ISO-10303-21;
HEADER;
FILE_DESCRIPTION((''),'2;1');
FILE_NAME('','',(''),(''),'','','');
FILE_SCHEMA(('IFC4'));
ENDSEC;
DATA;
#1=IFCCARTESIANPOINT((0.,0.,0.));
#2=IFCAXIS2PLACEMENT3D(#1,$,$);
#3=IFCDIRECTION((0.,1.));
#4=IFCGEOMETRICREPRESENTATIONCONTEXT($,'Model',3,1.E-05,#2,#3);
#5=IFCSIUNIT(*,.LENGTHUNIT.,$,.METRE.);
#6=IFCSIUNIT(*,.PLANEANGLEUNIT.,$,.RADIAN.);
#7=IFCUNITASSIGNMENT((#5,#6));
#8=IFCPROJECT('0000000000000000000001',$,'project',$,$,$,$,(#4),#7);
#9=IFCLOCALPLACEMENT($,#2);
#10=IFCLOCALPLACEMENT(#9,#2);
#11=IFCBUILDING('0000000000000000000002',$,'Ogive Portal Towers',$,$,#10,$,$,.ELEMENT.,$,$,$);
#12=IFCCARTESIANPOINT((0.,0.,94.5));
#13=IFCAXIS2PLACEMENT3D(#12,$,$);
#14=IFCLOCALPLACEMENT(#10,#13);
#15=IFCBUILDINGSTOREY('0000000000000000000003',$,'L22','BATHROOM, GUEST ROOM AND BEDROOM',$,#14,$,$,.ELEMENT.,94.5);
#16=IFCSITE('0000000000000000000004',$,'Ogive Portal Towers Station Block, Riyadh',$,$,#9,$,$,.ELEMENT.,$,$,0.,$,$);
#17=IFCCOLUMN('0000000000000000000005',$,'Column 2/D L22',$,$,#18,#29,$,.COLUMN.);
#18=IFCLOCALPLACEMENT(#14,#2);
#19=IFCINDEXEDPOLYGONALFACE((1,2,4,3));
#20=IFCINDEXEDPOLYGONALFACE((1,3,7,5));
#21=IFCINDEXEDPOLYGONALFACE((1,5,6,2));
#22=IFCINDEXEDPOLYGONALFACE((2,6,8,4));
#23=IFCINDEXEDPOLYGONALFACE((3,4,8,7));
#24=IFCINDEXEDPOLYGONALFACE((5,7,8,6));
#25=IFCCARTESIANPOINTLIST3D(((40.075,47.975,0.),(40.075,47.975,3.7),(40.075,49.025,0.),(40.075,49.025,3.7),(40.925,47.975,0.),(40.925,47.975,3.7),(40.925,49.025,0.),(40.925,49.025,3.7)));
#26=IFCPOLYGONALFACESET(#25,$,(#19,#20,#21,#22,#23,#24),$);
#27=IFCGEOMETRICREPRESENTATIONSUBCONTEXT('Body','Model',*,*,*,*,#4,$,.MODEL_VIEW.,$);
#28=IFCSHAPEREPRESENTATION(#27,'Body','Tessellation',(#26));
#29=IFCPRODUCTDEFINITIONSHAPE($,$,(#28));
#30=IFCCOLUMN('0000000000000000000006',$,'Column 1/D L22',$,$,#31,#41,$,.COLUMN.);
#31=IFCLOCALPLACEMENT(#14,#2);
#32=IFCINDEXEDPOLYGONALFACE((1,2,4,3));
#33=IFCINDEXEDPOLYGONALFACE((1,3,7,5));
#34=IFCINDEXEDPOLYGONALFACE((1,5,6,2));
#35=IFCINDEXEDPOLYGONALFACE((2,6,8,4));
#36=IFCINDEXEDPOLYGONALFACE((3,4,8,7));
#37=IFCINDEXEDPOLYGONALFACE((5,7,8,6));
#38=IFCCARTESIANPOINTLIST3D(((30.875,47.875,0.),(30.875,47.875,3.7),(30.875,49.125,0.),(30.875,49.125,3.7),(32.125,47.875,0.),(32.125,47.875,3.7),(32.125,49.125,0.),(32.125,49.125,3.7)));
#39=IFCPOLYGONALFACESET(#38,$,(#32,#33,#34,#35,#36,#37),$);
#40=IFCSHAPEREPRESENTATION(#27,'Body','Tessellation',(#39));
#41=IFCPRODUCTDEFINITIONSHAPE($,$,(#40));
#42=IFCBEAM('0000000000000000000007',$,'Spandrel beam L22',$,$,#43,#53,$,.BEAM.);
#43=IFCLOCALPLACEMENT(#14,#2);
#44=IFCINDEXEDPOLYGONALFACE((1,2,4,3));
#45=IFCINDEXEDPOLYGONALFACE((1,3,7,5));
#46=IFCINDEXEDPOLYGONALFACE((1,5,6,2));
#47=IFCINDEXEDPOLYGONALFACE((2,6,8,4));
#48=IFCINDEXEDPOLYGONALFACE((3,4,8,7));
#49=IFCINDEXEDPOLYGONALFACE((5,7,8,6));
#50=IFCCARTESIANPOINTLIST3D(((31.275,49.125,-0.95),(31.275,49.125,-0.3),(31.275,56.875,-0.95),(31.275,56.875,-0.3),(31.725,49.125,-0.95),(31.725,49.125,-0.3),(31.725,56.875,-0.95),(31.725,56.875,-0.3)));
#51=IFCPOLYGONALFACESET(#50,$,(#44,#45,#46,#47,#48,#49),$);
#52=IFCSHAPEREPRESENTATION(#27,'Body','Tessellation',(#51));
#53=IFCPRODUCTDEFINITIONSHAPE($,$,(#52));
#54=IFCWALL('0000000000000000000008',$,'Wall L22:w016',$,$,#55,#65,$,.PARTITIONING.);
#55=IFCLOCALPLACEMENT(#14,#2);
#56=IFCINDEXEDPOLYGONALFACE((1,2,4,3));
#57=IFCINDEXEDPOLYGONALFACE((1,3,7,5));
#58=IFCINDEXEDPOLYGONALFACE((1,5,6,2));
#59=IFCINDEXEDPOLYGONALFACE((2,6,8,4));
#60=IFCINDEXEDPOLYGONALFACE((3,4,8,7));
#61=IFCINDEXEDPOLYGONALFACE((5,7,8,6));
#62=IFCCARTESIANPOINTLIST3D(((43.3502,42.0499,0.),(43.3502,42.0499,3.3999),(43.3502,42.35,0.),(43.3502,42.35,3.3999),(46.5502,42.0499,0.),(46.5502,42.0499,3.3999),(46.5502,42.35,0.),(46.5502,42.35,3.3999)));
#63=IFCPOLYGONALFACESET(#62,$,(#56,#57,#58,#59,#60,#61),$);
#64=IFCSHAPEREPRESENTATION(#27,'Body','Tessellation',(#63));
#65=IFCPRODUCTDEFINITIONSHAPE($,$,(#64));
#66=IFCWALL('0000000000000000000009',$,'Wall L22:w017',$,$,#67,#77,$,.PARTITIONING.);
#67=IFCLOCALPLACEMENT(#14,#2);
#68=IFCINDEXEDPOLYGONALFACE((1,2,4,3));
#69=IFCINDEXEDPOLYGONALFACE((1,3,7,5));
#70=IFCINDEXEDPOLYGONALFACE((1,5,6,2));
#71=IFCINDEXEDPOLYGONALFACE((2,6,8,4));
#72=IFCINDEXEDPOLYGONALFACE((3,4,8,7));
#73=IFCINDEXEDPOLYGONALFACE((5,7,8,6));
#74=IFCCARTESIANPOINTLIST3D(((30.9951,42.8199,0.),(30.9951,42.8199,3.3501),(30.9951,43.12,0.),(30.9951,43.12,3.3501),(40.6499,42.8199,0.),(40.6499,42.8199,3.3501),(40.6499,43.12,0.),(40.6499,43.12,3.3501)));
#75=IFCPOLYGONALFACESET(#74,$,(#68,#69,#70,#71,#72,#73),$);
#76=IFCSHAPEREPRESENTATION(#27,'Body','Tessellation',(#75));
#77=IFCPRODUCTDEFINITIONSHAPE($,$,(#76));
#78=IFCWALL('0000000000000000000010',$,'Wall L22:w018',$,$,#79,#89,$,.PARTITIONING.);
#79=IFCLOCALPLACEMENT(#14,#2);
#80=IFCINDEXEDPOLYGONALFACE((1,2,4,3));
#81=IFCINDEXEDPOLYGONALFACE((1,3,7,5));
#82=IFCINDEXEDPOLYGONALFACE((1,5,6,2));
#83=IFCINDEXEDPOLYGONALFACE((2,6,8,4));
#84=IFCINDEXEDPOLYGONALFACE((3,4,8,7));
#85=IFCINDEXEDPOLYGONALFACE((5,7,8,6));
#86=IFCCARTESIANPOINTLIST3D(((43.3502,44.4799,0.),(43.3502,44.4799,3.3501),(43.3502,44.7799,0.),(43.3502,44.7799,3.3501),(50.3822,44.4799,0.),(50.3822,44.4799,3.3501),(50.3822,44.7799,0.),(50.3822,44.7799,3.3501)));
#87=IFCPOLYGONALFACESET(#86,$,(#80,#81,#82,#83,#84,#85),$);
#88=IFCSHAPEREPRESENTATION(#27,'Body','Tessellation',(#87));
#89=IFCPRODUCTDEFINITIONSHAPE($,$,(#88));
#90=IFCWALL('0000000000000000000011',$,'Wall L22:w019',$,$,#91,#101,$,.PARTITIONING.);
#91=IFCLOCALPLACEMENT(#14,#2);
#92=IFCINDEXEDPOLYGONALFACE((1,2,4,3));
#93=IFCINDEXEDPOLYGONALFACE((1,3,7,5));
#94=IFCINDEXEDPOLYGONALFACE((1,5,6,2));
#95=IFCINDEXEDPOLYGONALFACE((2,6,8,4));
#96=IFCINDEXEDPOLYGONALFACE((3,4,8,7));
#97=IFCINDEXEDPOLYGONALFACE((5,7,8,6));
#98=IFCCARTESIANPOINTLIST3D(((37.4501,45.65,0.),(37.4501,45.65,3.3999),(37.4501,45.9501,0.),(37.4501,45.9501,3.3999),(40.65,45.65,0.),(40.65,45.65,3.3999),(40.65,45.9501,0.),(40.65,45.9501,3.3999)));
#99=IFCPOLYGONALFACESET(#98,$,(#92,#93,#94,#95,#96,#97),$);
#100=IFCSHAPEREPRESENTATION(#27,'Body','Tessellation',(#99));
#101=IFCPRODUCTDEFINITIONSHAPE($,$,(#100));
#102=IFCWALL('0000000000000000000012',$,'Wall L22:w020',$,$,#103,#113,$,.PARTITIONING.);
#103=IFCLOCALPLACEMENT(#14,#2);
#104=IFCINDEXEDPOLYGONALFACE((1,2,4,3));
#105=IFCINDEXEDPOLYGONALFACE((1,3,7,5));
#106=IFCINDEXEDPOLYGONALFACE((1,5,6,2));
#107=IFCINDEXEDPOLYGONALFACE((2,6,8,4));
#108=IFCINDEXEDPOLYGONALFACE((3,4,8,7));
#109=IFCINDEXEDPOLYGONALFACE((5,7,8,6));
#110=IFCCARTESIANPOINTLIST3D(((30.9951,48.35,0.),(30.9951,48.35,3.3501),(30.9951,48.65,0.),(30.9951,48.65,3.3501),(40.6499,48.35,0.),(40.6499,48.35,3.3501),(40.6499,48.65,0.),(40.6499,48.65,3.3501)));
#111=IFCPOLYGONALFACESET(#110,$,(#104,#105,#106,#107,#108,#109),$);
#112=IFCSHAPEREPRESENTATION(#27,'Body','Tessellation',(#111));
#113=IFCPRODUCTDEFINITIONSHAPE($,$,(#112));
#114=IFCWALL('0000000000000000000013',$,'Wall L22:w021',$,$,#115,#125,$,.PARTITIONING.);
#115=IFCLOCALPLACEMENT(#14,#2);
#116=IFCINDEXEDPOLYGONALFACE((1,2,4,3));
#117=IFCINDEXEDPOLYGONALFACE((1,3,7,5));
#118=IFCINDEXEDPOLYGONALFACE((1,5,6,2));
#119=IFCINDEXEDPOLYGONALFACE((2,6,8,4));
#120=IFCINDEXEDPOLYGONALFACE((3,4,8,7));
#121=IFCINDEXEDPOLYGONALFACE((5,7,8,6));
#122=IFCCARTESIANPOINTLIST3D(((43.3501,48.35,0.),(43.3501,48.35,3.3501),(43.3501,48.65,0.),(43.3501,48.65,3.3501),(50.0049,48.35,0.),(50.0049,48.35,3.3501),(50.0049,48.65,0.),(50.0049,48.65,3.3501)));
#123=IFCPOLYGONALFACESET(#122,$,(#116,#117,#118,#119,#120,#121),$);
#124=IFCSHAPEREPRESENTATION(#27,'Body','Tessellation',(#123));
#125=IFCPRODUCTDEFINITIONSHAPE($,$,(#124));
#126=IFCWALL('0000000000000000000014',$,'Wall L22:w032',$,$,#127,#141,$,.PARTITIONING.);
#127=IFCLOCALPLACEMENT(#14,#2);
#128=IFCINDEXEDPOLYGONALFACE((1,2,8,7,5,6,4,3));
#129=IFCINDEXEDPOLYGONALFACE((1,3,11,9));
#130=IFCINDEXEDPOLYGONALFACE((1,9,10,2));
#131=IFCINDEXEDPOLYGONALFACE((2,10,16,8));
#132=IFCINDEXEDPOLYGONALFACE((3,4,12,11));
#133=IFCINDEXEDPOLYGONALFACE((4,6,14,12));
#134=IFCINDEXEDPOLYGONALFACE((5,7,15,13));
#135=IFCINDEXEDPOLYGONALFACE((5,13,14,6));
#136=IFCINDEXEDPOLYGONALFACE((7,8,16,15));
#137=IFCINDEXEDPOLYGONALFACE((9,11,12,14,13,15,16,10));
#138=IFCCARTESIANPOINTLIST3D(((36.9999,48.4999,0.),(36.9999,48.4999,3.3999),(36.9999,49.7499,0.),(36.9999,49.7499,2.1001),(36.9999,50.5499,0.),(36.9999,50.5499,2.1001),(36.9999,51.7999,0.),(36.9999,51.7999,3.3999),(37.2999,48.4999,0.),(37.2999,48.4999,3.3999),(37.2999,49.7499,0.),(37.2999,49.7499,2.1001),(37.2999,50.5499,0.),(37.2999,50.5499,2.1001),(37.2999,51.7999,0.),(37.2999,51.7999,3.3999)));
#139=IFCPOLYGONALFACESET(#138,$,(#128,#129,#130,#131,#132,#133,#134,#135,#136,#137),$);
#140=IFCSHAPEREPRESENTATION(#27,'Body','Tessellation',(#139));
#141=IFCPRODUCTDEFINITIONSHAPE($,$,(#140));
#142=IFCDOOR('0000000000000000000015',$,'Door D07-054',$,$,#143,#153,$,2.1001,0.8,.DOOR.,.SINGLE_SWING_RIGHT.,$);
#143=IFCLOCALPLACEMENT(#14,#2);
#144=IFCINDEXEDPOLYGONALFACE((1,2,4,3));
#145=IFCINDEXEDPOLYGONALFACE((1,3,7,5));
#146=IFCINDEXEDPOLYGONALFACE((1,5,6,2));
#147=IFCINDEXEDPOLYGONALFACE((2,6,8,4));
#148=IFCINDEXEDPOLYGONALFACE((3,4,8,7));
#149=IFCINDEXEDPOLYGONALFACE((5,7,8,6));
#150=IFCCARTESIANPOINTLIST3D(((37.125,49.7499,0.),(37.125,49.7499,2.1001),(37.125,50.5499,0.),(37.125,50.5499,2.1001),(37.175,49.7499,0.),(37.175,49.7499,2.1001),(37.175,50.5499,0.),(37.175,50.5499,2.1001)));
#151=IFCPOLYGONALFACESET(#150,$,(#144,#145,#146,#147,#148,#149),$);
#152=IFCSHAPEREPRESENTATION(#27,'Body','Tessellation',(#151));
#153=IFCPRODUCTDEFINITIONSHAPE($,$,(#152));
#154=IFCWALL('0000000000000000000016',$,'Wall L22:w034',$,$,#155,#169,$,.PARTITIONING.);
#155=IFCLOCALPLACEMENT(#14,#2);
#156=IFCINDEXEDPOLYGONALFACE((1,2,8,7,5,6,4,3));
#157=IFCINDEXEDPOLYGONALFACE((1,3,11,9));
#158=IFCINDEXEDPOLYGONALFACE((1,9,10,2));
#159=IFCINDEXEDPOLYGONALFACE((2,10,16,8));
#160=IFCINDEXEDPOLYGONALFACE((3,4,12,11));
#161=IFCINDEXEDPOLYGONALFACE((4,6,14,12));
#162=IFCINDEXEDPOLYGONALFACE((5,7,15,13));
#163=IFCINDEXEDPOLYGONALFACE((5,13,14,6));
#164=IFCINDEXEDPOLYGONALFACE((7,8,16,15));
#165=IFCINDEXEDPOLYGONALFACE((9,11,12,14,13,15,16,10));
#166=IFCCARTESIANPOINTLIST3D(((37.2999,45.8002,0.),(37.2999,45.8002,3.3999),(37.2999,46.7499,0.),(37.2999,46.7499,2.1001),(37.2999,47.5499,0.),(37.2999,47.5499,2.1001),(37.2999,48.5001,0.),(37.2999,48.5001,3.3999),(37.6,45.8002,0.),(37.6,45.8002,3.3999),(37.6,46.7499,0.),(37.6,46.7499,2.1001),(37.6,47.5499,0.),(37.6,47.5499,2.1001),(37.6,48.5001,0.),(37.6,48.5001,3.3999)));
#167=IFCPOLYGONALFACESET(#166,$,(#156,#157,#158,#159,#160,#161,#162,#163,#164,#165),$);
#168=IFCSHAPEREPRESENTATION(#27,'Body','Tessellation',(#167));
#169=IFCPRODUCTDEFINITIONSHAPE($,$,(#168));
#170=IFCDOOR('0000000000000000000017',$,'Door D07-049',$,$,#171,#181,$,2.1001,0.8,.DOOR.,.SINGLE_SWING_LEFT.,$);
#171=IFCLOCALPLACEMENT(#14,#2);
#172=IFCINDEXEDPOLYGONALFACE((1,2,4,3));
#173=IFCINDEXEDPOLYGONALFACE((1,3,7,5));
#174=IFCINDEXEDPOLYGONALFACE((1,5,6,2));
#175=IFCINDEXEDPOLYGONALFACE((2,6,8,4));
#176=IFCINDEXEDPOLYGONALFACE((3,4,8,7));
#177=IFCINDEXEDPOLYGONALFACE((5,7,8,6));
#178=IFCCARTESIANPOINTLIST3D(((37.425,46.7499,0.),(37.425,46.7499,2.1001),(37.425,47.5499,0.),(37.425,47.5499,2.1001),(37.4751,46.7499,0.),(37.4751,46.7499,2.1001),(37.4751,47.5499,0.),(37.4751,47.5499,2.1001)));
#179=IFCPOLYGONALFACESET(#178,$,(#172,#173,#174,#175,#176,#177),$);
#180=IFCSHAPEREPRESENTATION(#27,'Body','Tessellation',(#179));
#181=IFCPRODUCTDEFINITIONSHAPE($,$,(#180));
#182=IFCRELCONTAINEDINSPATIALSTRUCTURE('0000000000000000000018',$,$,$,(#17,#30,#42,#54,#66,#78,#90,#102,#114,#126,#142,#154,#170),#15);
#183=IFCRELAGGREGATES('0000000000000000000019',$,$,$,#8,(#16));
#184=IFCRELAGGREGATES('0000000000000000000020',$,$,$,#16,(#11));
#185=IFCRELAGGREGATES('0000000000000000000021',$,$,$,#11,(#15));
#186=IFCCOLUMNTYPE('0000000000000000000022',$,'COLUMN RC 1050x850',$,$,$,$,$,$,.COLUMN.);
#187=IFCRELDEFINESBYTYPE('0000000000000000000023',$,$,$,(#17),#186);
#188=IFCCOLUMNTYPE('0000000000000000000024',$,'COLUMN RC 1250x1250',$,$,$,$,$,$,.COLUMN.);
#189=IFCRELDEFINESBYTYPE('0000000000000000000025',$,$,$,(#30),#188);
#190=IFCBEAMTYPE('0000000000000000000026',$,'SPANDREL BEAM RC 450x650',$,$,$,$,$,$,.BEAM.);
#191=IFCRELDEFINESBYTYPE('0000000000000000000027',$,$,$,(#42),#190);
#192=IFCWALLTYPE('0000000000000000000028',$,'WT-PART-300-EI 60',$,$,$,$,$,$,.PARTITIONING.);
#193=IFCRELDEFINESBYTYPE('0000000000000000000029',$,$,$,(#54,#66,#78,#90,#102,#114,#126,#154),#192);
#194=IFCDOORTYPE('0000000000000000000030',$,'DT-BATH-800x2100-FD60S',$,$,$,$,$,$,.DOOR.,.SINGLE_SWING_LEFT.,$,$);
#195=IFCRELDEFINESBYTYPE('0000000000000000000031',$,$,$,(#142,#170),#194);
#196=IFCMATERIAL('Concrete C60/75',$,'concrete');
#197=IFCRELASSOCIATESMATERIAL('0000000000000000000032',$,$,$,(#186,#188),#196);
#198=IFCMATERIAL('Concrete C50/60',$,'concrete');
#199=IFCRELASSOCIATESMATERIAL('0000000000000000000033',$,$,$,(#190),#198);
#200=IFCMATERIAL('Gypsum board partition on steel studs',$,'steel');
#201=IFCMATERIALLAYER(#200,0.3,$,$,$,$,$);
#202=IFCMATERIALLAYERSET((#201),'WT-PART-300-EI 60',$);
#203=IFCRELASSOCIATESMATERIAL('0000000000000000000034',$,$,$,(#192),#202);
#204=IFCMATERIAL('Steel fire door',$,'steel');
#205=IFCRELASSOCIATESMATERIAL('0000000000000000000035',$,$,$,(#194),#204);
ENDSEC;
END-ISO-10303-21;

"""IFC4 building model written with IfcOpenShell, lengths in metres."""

from ifc_helpers import new_model, si_unit, direction, frame, frame_2d, origin, origin_2d, place, context, subcontext, project, spatial, rectangle, extrude, material, layer, layer_set, material_profile, profile_set, type_object, element, fill, save


model = new_model("IFC4")

# Units and contexts
model_context = context("Model", 3, precision=1e-05, world=origin(), true_north=direction((0.0, 1.0)))
body_context = subcontext(model_context, "Body", "Model", "MODEL_VIEW")
ifc_project = project(units=[si_unit("LENGTHUNIT", "METRE"), si_unit("PLANEANGLEUNIT", "RADIAN")], contexts=[model_context])

# Site, building, storey
site_placement = place(None, origin())
site = spatial("IfcSite", under=ifc_project, at=site_placement, Name="Ogive Portal Towers Station Block, Riyadh", CompositionType="ELEMENT", RefElevation=0.0)
building_placement = place(site_placement, origin())
building = spatial("IfcBuilding", under=site, at=building_placement, Name="Ogive Portal Towers", CompositionType="ELEMENT")
storey_placement = place(building_placement, frame((0.0, 0.0, 94.5)))
storey = spatial("IfcBuildingStorey", under=building, at=storey_placement, Name="L22", Description="BATHROOM, GUEST ROOM AND BEDROOM", CompositionType="ELEMENT", Elevation=94.5)

# Columns
ifc_material_1 = material(Name="Concrete C60/75", Category="concrete")
ifc_material_profile_1 = material_profile(ifc_material_1, rectangle(XDim=1.05, YDim=0.8501, at=origin_2d()), Name="RC 1050x850")
ifc_profile_set_1 = profile_set([ifc_material_profile_1], Name="Concrete C60/75")
column_type_1 = type_object("IfcColumnType", Name="COLUMN RC 1050x850", PredefinedType="COLUMN", material=ifc_profile_set_1)
column_1_placement = place(storey_placement, frame((40.5, 48.5, 0.0), z_axis=(0.0, 0.0, 1.0), x_axis=(0.0, 1.0, 0.0)))
element("IfcColumn", 1, at=column_1_placement, inside=storey, type_object=column_type_1, Name="Column 2/D L22", PredefinedType="COLUMN", context=body_context, shape_type="SweptSolid", body=[
    extrude(rectangle(XDim=1.05, YDim=0.8501, at=origin_2d()), origin(), (0.0, 0.0, 1.0), 3.7),
])
ifc_material_profile_2 = material_profile(ifc_material_1, rectangle(XDim=1.25, YDim=1.25, at=origin_2d()), Name="RC 1250x1250")
ifc_profile_set_2 = profile_set([ifc_material_profile_2], Name="Concrete C60/75")
column_type_2 = type_object("IfcColumnType", Name="COLUMN RC 1250x1250", PredefinedType="COLUMN", material=ifc_profile_set_2)
column_2_placement = place(storey_placement, frame((31.5, 48.5, 0.0), z_axis=(0.0, 0.0, 1.0), x_axis=(1.0, 0.0, 0.0)))
element("IfcColumn", 2, at=column_2_placement, inside=storey, type_object=column_type_2, Name="Column 1/D L22", PredefinedType="COLUMN", context=body_context, shape_type="SweptSolid", body=[
    extrude(rectangle(XDim=1.25, YDim=1.25, at=origin_2d()), origin(), (0.0, 0.0, 1.0), 3.7),
])

# Beam
ifc_material_2 = material(Name="Concrete C50/60", Category="concrete")
ifc_material_profile_3 = material_profile(ifc_material_2, rectangle(XDim=0.45, YDim=0.6499, at=origin_2d()), Name="RC 450x650")
ifc_profile_set_3 = profile_set([ifc_material_profile_3], Name="Concrete C50/60")
beam_type = type_object("IfcBeamType", Name="SPANDREL BEAM RC 450x650", PredefinedType="BEAM", material=ifc_profile_set_3)
beam_placement = place(storey_placement, frame((31.5, 49.125, -0.625), z_axis=(0.0, 1.0, 0.0), x_axis=(-1.0, 0.0, 0.0)))
element("IfcBeam", 3, at=beam_placement, inside=storey, type_object=beam_type, Name="Spandrel beam L22", PredefinedType="BEAM", context=body_context, shape_type="SweptSolid", body=[
    extrude(rectangle(XDim=0.45, YDim=0.6499, at=origin_2d()), origin(), (0.0, 0.0, 1.0), 7.75),
])

# Walls
ifc_material_3 = material(Name="Gypsum board partition on steel studs", Category="steel")
ifc_layer_1 = layer(ifc_material_3, 0.3)
ifc_layer_set_1 = layer_set([ifc_layer_1], Name="WT-PART-300-EI 60")
wall_type_1 = type_object("IfcWallType", Name="WT-PART-300-EI 60", PredefinedType="PARTITIONING", material=ifc_layer_set_1)
wall_1_placement = place(storey_placement, frame((43.3501, 42.2, 0.0), z_axis=(0.0, 0.0, 1.0), x_axis=(1.0, 0.0, 0.0)))
element("IfcWall", 4, at=wall_1_placement, inside=storey, type_object=wall_type_1, Name="Wall L22:w016", PredefinedType="PARTITIONING", context=body_context, shape_type="SweptSolid", body=[
    extrude(rectangle(XDim=3.2, YDim=0.3, at=frame_2d((1.6001, 0.0))), origin(), (0.0, 0.0, 1.0), 3.3999),
])
wall_2_placement = place(storey_placement, frame((30.9951, 42.97, 0.0), z_axis=(0.0, 0.0, 1.0), x_axis=(1.0, 0.0, 0.0)))
element("IfcWall", 5, at=wall_2_placement, inside=storey, type_object=wall_type_1, Name="Wall L22:w017", PredefinedType="PARTITIONING", context=body_context, shape_type="SweptSolid", body=[
    extrude(rectangle(XDim=9.6548, YDim=0.3, at=frame_2d((4.8274, 0.0))), origin(), (0.0, 0.0, 1.0), 3.3501),
])
wall_3_placement = place(storey_placement, frame((43.3501, 44.6299, 0.0), z_axis=(0.0, 0.0, 1.0), x_axis=(1.0, 0.0, 0.0)))
element("IfcWall", 6, at=wall_3_placement, inside=storey, type_object=wall_type_1, Name="Wall L22:w018", PredefinedType="PARTITIONING", context=body_context, shape_type="SweptSolid", body=[
    extrude(rectangle(XDim=7.032, YDim=0.3, at=frame_2d((3.5161, 0.0))), origin(), (0.0, 0.0, 1.0), 3.3501),
])
wall_4_placement = place(storey_placement, frame((37.45, 45.8, 0.0), z_axis=(0.0, 0.0, 1.0), x_axis=(1.0, 0.0, 0.0)))
element("IfcWall", 7, at=wall_4_placement, inside=storey, type_object=wall_type_1, Name="Wall L22:w019", PredefinedType="PARTITIONING", context=body_context, shape_type="SweptSolid", body=[
    extrude(rectangle(XDim=3.2, YDim=0.3, at=frame_2d((1.6001, 0.0))), origin(), (0.0, 0.0, 1.0), 3.3999),
])
wall_5_placement = place(storey_placement, frame((30.9951, 48.5, 0.0), z_axis=(0.0, 0.0, 1.0), x_axis=(1.0, 0.0, 0.0)))
element("IfcWall", 8, at=wall_5_placement, inside=storey, type_object=wall_type_1, Name="Wall L22:w020", PredefinedType="PARTITIONING", context=body_context, shape_type="SweptSolid", body=[
    extrude(rectangle(XDim=9.6548, YDim=0.3, at=frame_2d((4.8274, 0.0))), origin(), (0.0, 0.0, 1.0), 3.3501),
])
wall_6_placement = place(storey_placement, frame((43.3501, 48.5, 0.0), z_axis=(0.0, 0.0, 1.0), x_axis=(1.0, 0.0, 0.0)))
element("IfcWall", 9, at=wall_6_placement, inside=storey, type_object=wall_type_1, Name="Wall L22:w021", PredefinedType="PARTITIONING", context=body_context, shape_type="SweptSolid", body=[
    extrude(rectangle(XDim=6.6548, YDim=0.3, at=frame_2d((3.3274, 0.0))), origin(), (0.0, 0.0, 1.0), 3.3501),
])

# Walls, openings, doors
wall_7_placement = place(storey_placement, frame((37.1499, 48.5, 0.0), z_axis=(0.0, 0.0, 1.0), x_axis=(0.0, 1.0, 0.0)))
wall_7 = element("IfcWall", 10, at=wall_7_placement, inside=storey, type_object=wall_type_1, Name="Wall L22:w032", PredefinedType="PARTITIONING", context=body_context, shape_type="SweptSolid", body=[
    extrude(rectangle(XDim=3.3, YDim=0.3, at=frame_2d((1.6499, 0.0))), origin(), (0.0, 0.0, 1.0), 3.3999),
])
opening_1_placement = place(wall_7_placement, frame((1.25, 0.0, 0.0)))
opening_1 = element("IfcOpeningElement", 11, at=opening_1_placement, cuts=wall_7, PredefinedType="OPENING", context=body_context, shape_type="SweptSolid", body=[
    extrude(rectangle(XDim=0.8, YDim=2.1001, at=frame_2d((0.3999, 1.05))), frame((0.0, 0.1602, 0.0), z_axis=(0.0, -1.0, 0.0), x_axis=(1.0, 0.0, 0.0)), (0.0, 0.0, 1.0), 0.3201),
])
ifc_material_4 = material(Name="Steel fire door", Category="steel")
door_type_1 = type_object("IfcDoorType", Name="DT-BATH-800x2100-FD60S", OperationType="SINGLE_SWING_LEFT", PredefinedType="DOOR", material=ifc_material_4)
door_1_placement = place(opening_1_placement, origin())
door_1 = element("IfcDoor", 12, at=door_1_placement, inside=storey, type_object=door_type_1, Name="Door D07-054", OperationType="SINGLE_SWING_RIGHT", OverallHeight=2.1001, OverallWidth=0.8, PredefinedType="DOOR", context=body_context, shape_type="SweptSolid", body=[
    extrude(rectangle(XDim=0.8, YDim=2.1001, at=frame_2d((0.3999, 1.05))), frame((0.0, 0.0249, 0.0), z_axis=(0.0, -1.0, 0.0), x_axis=(1.0, 0.0, 0.0)), (0.0, 0.0, 1.0), 0.05),
])
fill(opening_1, door_1)
wall_8_placement = place(storey_placement, frame((37.45, 45.8, 0.0), z_axis=(0.0, 0.0, 1.0), x_axis=(0.0, 1.0, 0.0)))
wall_8 = element("IfcWall", 13, at=wall_8_placement, inside=storey, type_object=wall_type_1, Name="Wall L22:w034", PredefinedType="PARTITIONING", context=body_context, shape_type="SweptSolid", body=[
    extrude(rectangle(XDim=2.7, YDim=0.3, at=frame_2d((1.3501, 0.0))), origin(), (0.0, 0.0, 1.0), 3.3999),
])
opening_2_placement = place(wall_8_placement, frame((0.95, 0.0, 0.0)))
opening_2 = element("IfcOpeningElement", 14, at=opening_2_placement, cuts=wall_8, PredefinedType="OPENING", context=body_context, shape_type="SweptSolid", body=[
    extrude(rectangle(XDim=0.8, YDim=2.1001, at=frame_2d((0.3999, 1.05))), frame((0.0, 0.1602, 0.0), z_axis=(0.0, -1.0, 0.0), x_axis=(1.0, 0.0, 0.0)), (0.0, 0.0, 1.0), 0.3201),
])
door_2_placement = place(opening_2_placement, origin())
door_2 = element("IfcDoor", 15, at=door_2_placement, inside=storey, type_object=door_type_1, Name="Door D07-049", OperationType="SINGLE_SWING_LEFT", OverallHeight=2.1001, OverallWidth=0.8, PredefinedType="DOOR", context=body_context, shape_type="SweptSolid", body=[
    extrude(rectangle(XDim=0.8, YDim=2.1001, at=frame_2d((0.3999, 1.05))), frame((0.0, 0.0249, 0.0), z_axis=(0.0, -1.0, 0.0), x_axis=(1.0, 0.0, 0.0)), (0.0, 0.0, 1.0), 0.05),
])
fill(opening_2, door_2)

save(model, "model.ifc")
